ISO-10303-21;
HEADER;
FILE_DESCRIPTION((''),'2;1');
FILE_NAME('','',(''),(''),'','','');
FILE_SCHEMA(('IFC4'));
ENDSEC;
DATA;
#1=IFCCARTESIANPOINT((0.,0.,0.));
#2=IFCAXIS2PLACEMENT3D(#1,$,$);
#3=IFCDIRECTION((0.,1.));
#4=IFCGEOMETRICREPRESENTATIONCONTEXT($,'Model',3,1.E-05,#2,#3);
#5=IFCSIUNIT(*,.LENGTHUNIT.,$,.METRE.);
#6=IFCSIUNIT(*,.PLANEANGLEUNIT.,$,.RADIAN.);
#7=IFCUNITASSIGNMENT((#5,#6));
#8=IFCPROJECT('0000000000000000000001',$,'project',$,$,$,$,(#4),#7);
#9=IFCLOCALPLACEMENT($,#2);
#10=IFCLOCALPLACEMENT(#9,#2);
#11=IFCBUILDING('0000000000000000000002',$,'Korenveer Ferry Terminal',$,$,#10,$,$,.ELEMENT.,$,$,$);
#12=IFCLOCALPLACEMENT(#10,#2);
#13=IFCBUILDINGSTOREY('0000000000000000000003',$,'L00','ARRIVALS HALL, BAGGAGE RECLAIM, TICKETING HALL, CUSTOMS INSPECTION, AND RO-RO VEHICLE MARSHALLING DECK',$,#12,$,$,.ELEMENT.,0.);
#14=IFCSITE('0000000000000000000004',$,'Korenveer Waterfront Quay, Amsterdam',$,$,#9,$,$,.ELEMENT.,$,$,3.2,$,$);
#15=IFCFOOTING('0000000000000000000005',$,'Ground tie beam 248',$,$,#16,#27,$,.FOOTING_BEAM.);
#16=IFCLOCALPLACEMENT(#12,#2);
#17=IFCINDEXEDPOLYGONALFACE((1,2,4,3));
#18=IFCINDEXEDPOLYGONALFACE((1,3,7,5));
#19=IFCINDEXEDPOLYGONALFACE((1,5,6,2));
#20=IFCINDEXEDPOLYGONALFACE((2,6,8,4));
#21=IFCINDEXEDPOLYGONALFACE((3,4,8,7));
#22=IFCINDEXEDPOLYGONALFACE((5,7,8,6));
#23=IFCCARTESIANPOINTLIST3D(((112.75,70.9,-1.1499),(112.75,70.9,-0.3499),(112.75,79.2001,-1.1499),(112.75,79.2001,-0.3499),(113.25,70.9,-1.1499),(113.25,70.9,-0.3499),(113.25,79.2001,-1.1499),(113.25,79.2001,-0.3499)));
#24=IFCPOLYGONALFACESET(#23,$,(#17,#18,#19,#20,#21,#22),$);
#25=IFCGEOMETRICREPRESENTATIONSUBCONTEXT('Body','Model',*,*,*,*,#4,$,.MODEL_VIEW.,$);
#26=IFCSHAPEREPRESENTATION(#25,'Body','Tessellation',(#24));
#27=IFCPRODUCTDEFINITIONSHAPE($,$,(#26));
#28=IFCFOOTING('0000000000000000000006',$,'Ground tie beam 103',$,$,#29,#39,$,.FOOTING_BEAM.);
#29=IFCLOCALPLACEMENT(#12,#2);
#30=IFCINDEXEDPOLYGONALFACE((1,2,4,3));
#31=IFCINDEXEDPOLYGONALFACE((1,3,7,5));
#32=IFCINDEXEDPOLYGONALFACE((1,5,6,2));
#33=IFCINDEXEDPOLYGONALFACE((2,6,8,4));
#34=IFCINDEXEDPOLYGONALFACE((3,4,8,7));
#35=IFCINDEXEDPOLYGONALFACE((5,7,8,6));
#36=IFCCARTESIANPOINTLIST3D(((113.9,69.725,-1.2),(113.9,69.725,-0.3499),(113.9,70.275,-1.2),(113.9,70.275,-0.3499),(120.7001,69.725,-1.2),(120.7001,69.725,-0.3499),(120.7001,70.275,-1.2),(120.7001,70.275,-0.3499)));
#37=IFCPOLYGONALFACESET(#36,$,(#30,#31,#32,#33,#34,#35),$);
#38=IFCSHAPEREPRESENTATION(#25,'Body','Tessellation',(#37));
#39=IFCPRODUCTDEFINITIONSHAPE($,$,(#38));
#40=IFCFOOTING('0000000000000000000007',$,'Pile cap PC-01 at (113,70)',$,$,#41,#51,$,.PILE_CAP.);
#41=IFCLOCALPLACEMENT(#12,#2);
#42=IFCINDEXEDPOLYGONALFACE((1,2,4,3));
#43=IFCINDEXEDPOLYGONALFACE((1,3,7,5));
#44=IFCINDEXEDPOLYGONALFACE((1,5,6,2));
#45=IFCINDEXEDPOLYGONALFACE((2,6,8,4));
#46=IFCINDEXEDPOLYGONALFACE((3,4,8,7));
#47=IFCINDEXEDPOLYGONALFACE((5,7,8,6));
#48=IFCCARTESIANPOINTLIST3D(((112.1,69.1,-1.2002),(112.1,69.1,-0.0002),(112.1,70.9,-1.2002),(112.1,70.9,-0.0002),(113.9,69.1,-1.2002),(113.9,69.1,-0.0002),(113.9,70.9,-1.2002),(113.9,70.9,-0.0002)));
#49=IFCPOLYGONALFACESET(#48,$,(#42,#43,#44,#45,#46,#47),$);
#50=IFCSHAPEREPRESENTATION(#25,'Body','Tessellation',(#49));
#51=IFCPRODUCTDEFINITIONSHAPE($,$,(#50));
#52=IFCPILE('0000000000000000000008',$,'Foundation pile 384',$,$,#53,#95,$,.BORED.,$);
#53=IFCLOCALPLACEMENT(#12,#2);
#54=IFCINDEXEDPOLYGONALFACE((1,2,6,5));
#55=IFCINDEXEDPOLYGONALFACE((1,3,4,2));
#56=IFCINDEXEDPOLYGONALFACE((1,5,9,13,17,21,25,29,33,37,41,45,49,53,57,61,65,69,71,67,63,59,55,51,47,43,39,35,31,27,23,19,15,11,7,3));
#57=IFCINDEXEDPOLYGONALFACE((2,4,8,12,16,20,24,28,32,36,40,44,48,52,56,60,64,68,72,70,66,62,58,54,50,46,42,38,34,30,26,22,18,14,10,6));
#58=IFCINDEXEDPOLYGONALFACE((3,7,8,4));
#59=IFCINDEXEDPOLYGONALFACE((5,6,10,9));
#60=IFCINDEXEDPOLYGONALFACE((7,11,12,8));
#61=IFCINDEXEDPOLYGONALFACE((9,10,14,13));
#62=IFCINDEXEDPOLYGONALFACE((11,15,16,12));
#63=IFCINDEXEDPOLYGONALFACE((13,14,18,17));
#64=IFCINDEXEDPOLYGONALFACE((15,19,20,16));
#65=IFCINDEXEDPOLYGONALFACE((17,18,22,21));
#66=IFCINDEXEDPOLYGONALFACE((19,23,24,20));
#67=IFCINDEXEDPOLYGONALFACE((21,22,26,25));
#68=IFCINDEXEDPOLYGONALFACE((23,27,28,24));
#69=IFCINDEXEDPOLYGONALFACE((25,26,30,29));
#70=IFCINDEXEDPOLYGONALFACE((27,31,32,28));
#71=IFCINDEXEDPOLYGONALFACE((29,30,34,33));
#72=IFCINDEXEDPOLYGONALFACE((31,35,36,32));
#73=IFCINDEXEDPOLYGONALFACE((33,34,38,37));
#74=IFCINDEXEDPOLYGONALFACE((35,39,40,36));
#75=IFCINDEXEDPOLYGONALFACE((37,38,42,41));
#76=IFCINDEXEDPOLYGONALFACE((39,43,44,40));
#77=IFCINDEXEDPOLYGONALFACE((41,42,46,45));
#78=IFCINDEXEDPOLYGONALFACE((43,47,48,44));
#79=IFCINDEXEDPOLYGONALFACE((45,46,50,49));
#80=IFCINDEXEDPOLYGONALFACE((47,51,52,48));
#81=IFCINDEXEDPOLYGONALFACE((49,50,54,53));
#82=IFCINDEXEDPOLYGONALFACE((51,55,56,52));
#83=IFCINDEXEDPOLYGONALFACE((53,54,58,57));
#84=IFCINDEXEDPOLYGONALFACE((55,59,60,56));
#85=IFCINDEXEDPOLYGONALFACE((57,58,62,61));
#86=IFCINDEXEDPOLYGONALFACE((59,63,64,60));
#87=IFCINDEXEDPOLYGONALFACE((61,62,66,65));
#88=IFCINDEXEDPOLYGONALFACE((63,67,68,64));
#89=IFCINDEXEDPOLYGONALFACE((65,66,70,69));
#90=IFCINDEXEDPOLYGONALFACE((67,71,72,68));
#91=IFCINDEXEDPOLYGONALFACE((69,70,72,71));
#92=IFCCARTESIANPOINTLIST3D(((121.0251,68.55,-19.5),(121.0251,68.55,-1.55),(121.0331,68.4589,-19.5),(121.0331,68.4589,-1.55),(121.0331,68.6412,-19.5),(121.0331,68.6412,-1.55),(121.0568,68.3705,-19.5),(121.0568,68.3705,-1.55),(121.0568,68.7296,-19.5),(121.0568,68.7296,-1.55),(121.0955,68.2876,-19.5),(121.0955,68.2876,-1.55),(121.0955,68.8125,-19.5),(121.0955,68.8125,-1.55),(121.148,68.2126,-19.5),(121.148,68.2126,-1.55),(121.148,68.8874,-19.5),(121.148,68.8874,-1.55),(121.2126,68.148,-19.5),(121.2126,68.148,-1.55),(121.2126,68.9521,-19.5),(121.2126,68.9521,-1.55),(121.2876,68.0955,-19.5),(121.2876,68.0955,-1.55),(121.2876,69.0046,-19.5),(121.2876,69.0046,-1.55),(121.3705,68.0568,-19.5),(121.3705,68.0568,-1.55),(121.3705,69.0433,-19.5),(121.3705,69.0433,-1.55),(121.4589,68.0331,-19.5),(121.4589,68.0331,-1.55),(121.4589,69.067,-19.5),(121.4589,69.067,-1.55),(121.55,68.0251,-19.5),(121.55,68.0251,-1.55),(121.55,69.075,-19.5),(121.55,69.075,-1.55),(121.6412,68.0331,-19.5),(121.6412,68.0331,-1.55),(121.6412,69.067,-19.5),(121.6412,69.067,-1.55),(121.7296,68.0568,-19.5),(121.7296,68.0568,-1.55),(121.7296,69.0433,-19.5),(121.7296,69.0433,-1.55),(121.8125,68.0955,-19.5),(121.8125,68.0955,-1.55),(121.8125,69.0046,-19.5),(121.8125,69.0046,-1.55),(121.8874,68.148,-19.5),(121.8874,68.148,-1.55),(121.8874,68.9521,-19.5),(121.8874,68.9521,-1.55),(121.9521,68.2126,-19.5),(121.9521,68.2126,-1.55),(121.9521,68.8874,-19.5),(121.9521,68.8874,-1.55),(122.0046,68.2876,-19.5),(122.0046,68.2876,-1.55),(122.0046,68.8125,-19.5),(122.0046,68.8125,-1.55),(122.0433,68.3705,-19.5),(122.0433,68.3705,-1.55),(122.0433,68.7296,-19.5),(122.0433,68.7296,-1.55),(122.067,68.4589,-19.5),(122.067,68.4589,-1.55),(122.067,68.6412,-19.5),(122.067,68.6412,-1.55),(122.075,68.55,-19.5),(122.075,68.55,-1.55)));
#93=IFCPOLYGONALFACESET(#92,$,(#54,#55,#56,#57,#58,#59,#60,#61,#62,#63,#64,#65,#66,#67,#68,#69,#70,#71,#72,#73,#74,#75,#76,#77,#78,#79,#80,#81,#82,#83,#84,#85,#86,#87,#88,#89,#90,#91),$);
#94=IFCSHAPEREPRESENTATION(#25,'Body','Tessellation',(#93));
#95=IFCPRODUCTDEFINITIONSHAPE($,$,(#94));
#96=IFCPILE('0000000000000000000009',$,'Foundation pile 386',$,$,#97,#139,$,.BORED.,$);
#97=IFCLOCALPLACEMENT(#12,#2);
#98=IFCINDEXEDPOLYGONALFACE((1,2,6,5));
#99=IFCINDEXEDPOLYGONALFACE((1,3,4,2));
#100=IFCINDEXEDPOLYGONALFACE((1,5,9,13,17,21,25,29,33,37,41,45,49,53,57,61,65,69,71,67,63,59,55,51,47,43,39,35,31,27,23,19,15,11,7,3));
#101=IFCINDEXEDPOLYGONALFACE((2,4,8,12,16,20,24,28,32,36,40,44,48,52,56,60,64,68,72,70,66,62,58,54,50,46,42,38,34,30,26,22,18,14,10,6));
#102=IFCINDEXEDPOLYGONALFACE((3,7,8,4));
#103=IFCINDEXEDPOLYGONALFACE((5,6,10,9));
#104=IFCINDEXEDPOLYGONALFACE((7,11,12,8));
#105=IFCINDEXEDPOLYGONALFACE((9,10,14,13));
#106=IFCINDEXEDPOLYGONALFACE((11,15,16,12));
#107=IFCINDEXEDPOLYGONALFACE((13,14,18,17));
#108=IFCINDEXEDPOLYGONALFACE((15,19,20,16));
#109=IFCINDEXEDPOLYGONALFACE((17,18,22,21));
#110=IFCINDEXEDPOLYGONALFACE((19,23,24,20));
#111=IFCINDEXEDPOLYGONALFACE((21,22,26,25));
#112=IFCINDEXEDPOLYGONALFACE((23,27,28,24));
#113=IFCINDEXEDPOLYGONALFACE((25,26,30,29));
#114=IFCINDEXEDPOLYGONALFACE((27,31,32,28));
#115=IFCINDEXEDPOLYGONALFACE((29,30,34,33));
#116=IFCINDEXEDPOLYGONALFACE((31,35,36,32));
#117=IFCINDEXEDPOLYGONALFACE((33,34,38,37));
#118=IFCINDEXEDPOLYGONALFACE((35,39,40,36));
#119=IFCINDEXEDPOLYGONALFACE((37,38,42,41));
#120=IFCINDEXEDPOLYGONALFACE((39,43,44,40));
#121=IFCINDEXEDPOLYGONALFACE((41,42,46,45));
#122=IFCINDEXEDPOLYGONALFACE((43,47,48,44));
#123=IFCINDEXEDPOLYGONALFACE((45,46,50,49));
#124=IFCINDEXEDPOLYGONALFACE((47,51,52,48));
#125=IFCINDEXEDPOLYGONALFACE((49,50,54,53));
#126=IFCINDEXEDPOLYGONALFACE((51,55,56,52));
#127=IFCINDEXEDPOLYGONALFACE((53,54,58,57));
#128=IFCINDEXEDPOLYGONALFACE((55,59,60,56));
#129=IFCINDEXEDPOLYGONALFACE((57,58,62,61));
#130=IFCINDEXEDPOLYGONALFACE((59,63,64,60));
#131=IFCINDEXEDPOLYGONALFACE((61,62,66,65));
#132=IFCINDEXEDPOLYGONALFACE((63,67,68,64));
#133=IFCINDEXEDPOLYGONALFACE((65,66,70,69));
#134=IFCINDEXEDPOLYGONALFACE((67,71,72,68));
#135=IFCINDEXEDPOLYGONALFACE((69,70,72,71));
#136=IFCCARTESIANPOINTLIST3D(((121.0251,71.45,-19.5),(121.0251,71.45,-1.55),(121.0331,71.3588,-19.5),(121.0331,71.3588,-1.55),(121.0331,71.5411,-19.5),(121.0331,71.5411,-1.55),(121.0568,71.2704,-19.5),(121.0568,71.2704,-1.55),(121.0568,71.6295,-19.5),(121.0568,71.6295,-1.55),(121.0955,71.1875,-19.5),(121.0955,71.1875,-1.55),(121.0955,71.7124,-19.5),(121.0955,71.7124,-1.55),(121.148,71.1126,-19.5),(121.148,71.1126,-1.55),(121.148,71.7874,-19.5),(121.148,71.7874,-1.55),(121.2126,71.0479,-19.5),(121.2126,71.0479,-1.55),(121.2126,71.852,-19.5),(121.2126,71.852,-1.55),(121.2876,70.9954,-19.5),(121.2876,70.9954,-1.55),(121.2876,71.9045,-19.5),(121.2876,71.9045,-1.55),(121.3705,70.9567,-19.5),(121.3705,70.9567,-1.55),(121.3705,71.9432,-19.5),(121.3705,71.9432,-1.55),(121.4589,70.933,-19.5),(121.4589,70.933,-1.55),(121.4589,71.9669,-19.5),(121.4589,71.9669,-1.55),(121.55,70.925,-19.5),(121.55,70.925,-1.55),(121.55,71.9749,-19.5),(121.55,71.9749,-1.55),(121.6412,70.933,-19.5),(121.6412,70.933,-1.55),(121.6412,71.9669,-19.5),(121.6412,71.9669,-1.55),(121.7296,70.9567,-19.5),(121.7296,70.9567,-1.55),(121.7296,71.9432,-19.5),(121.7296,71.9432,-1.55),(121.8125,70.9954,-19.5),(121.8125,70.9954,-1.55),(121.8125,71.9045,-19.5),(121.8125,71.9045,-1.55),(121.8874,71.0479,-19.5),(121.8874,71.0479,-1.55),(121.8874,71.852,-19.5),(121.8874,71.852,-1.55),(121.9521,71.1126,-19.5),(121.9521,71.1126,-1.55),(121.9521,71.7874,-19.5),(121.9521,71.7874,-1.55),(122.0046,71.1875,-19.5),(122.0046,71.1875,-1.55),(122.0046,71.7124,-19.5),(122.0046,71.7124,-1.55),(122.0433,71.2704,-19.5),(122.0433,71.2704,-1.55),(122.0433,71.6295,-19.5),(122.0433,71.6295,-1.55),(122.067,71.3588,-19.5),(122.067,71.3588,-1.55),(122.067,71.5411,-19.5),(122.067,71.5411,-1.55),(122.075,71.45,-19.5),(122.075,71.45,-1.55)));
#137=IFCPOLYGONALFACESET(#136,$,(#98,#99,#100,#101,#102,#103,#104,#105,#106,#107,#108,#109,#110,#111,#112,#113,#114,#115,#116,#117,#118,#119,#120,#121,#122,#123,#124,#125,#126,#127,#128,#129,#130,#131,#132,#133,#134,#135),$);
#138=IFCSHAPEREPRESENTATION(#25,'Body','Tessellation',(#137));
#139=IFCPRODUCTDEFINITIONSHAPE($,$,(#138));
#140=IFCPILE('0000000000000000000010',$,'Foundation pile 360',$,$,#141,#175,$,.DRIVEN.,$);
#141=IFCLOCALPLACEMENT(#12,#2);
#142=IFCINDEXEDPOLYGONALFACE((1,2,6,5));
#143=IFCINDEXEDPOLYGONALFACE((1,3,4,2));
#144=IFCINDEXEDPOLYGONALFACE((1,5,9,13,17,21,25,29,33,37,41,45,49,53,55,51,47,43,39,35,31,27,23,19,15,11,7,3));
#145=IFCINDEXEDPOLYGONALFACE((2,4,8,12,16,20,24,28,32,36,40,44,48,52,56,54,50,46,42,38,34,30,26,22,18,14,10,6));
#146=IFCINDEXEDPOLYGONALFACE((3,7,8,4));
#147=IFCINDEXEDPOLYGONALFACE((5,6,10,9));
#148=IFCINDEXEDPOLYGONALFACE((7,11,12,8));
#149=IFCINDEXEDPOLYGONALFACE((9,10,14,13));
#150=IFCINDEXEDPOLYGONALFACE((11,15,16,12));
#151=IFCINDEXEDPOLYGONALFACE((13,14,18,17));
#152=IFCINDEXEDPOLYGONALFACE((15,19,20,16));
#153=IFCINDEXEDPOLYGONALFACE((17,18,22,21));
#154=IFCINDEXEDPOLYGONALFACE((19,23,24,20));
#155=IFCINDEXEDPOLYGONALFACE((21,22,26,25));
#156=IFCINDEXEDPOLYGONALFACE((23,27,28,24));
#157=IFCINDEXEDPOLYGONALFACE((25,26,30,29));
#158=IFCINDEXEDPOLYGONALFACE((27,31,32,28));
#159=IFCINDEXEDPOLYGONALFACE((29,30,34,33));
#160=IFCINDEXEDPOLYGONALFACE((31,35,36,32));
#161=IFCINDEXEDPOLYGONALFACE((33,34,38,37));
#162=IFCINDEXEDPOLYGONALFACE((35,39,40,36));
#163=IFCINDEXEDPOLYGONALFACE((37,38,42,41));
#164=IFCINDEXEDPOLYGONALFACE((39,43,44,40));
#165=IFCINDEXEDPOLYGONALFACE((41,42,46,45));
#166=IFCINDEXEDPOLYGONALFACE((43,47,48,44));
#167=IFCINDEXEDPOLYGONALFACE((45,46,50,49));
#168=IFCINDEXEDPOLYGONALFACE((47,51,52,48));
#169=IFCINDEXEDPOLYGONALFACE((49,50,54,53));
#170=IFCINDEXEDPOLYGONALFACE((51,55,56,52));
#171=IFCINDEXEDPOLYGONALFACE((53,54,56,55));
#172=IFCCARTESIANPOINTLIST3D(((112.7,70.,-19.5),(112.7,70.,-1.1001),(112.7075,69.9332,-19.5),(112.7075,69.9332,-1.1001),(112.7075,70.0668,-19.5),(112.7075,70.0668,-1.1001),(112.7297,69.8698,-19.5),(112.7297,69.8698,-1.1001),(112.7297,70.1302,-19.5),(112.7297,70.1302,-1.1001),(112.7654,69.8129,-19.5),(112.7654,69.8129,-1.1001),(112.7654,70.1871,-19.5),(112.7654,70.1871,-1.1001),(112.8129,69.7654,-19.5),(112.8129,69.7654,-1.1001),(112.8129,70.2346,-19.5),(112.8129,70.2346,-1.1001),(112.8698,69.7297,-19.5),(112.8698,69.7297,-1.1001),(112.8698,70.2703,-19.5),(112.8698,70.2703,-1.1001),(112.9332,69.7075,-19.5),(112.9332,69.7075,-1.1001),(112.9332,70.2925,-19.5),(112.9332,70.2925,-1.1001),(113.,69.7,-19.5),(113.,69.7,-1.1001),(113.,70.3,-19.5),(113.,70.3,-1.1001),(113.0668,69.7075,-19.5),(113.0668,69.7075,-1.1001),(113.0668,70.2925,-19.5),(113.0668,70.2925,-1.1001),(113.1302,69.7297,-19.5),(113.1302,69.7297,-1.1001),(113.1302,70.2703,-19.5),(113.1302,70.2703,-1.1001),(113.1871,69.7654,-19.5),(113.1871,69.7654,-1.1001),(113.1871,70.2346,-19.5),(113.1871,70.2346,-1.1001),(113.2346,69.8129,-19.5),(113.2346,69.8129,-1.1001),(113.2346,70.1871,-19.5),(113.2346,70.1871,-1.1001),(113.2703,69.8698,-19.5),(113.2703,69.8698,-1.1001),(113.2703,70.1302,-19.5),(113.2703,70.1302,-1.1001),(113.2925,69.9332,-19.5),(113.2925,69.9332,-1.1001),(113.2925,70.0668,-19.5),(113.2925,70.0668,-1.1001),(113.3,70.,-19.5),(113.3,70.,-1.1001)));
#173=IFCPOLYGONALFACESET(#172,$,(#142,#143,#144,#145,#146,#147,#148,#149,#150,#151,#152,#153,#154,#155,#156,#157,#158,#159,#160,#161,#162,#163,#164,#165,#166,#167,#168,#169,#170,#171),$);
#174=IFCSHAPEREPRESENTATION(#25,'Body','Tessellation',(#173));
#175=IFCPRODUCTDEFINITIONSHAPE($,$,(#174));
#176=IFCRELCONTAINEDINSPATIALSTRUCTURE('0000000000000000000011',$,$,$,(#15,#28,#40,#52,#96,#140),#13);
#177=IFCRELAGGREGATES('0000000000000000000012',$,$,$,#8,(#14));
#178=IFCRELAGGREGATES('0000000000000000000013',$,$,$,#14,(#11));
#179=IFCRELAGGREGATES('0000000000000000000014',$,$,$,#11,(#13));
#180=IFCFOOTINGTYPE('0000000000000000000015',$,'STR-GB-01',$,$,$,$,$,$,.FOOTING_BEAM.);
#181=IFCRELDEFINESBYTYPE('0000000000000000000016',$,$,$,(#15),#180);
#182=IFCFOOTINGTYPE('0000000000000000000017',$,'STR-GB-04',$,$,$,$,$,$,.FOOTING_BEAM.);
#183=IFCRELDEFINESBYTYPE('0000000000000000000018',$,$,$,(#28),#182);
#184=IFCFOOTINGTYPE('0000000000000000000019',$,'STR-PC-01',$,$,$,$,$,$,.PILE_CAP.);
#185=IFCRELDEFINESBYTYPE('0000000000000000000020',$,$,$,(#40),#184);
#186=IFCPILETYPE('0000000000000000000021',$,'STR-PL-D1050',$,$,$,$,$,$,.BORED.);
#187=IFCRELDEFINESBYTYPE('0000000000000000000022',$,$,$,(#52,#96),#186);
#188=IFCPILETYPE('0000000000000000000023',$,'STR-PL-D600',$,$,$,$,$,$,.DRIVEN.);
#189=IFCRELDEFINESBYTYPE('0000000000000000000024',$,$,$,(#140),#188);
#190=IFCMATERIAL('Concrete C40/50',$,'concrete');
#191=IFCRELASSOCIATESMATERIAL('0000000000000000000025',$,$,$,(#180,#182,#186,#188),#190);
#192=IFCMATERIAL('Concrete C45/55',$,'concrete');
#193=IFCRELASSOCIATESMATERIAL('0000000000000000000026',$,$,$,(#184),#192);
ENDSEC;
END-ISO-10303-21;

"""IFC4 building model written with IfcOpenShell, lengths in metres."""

from ifc_helpers import new_model, si_unit, direction, frame, origin, origin_2d, place, context, subcontext, project, spatial, rectangle, circle, extrude, material, material_profile, profile_set, type_object, element, save


model = new_model("IFC4")

# Units and contexts
model_context = context("Model", 3, precision=1e-05, world=origin(), true_north=direction((0.0, 1.0)))
body_context = subcontext(model_context, "Body", "Model", "MODEL_VIEW")
ifc_project = project(units=[si_unit("LENGTHUNIT", "METRE"), si_unit("PLANEANGLEUNIT", "RADIAN")], contexts=[model_context])

# Site, building, storey
site_placement = place(None, origin())
site = spatial("IfcSite", under=ifc_project, at=site_placement, Name="Korenveer Waterfront Quay, Amsterdam", CompositionType="ELEMENT", RefElevation=3.2)
building_placement = place(site_placement, origin())
building = spatial("IfcBuilding", under=site, at=building_placement, Name="Korenveer Ferry Terminal", CompositionType="ELEMENT")
storey_placement = place(building_placement, origin())
storey = spatial("IfcBuildingStorey", under=building, at=storey_placement, Name="L00", Description="ARRIVALS HALL, BAGGAGE RECLAIM, TICKETING HALL, CUSTOMS INSPECTION, AND RO-RO VEHICLE MARSHALLING DECK", CompositionType="ELEMENT", Elevation=0.0)

# Footings
ifc_material_1 = material(Name="Concrete C40/50", Category="concrete")
footing_type_1 = type_object("IfcFootingType", Name="STR-GB-01", PredefinedType="FOOTING_BEAM", material=ifc_material_1)
footing_1_placement = place(storey_placement, frame((113.0, 75.05, -1.1499), z_axis=(0.0, 0.0, 1.0), x_axis=(1.0, 0.0, 0.0)))
element("IfcFooting", 1, at=footing_1_placement, inside=storey, type_object=footing_type_1, Name="Ground tie beam 248", PredefinedType="FOOTING_BEAM", context=body_context, shape_type="SweptSolid", body=[
    extrude(rectangle(XDim=0.5, YDim=8.3, at=origin_2d()), origin(), (0.0, 0.0, 1.0), 0.8),
])
footing_type_2 = type_object("IfcFootingType", Name="STR-GB-04", PredefinedType="FOOTING_BEAM", material=ifc_material_1)
footing_2_placement = place(storey_placement, frame((117.3, 70.0, -1.2), z_axis=(0.0, 0.0, 1.0), x_axis=(1.0, 0.0, 0.0)))
element("IfcFooting", 2, at=footing_2_placement, inside=storey, type_object=footing_type_2, Name="Ground tie beam 103", PredefinedType="FOOTING_BEAM", context=body_context, shape_type="SweptSolid", body=[
    extrude(rectangle(XDim=6.8, YDim=0.55, at=origin_2d()), origin(), (0.0, 0.0, 1.0), 0.8501),
])
ifc_material_2 = material(Name="Concrete C45/55", Category="concrete")
footing_type_3 = type_object("IfcFootingType", Name="STR-PC-01", PredefinedType="PILE_CAP", material=ifc_material_2)
footing_3_placement = place(storey_placement, frame((113.0, 70.0, -1.2002), z_axis=(0.0, 0.0, 1.0), x_axis=(1.0, 0.0, 0.0)))
element("IfcFooting", 3, at=footing_3_placement, inside=storey, type_object=footing_type_3, Name="Pile cap PC-01 at (113,70)", PredefinedType="PILE_CAP", context=body_context, shape_type="SweptSolid", body=[
    extrude(rectangle(XDim=1.8, YDim=1.8, at=origin_2d()), origin(), (0.0, 0.0, 1.0), 1.2),
])

# Piles
ifc_material_profile_1 = material_profile(ifc_material_1, circle(Radius=0.5249, at=origin_2d()), Name="PILE D1050")
ifc_profile_set_1 = profile_set([ifc_material_profile_1], Name="Concrete C40/50")
pile_type_1 = type_object("IfcPileType", Name="STR-PL-D1050", PredefinedType="BORED", material=ifc_profile_set_1)
for number, where, z_axis, x_axis, name in (
    (4, (121.55, 68.55, -1.55), (0.0, 0.0, -1.0), (1.0, 0.0, 0.0), "Foundation pile 384"),
    (5, (121.55, 71.45, -1.55), (0.0, 0.0, -1.0), (1.0, 0.0, 0.0), "Foundation pile 386"),
):
    element("IfcPile", number, at=place(storey_placement, frame(where, z_axis=z_axis, x_axis=x_axis)), inside=storey, type_object=pile_type_1, Name=name, PredefinedType="BORED", context=body_context, shape_type="SweptSolid", body=[
        extrude(circle(Radius=0.5249, at=origin_2d()), origin(), (0.0, 0.0, 1.0), 17.95),
    ])
ifc_material_profile_2 = material_profile(ifc_material_1, circle(Radius=0.3, at=origin_2d()), Name="PILE D600")
ifc_profile_set_2 = profile_set([ifc_material_profile_2], Name="Concrete C40/50")
pile_type_2 = type_object("IfcPileType", Name="STR-PL-D600", PredefinedType="DRIVEN", material=ifc_profile_set_2)
pile_placement = place(storey_placement, frame((113.0, 70.0, -1.1001), z_axis=(0.0, 0.0, -1.0), x_axis=(1.0, 0.0, 0.0)))
element("IfcPile", 6, at=pile_placement, inside=storey, type_object=pile_type_2, Name="Foundation pile 360", PredefinedType="DRIVEN", context=body_context, shape_type="SweptSolid", body=[
    extrude(circle(Radius=0.3, at=origin_2d()), origin(), (0.0, 0.0, 1.0), 18.3999),
])

save(model, "model.ifc")
